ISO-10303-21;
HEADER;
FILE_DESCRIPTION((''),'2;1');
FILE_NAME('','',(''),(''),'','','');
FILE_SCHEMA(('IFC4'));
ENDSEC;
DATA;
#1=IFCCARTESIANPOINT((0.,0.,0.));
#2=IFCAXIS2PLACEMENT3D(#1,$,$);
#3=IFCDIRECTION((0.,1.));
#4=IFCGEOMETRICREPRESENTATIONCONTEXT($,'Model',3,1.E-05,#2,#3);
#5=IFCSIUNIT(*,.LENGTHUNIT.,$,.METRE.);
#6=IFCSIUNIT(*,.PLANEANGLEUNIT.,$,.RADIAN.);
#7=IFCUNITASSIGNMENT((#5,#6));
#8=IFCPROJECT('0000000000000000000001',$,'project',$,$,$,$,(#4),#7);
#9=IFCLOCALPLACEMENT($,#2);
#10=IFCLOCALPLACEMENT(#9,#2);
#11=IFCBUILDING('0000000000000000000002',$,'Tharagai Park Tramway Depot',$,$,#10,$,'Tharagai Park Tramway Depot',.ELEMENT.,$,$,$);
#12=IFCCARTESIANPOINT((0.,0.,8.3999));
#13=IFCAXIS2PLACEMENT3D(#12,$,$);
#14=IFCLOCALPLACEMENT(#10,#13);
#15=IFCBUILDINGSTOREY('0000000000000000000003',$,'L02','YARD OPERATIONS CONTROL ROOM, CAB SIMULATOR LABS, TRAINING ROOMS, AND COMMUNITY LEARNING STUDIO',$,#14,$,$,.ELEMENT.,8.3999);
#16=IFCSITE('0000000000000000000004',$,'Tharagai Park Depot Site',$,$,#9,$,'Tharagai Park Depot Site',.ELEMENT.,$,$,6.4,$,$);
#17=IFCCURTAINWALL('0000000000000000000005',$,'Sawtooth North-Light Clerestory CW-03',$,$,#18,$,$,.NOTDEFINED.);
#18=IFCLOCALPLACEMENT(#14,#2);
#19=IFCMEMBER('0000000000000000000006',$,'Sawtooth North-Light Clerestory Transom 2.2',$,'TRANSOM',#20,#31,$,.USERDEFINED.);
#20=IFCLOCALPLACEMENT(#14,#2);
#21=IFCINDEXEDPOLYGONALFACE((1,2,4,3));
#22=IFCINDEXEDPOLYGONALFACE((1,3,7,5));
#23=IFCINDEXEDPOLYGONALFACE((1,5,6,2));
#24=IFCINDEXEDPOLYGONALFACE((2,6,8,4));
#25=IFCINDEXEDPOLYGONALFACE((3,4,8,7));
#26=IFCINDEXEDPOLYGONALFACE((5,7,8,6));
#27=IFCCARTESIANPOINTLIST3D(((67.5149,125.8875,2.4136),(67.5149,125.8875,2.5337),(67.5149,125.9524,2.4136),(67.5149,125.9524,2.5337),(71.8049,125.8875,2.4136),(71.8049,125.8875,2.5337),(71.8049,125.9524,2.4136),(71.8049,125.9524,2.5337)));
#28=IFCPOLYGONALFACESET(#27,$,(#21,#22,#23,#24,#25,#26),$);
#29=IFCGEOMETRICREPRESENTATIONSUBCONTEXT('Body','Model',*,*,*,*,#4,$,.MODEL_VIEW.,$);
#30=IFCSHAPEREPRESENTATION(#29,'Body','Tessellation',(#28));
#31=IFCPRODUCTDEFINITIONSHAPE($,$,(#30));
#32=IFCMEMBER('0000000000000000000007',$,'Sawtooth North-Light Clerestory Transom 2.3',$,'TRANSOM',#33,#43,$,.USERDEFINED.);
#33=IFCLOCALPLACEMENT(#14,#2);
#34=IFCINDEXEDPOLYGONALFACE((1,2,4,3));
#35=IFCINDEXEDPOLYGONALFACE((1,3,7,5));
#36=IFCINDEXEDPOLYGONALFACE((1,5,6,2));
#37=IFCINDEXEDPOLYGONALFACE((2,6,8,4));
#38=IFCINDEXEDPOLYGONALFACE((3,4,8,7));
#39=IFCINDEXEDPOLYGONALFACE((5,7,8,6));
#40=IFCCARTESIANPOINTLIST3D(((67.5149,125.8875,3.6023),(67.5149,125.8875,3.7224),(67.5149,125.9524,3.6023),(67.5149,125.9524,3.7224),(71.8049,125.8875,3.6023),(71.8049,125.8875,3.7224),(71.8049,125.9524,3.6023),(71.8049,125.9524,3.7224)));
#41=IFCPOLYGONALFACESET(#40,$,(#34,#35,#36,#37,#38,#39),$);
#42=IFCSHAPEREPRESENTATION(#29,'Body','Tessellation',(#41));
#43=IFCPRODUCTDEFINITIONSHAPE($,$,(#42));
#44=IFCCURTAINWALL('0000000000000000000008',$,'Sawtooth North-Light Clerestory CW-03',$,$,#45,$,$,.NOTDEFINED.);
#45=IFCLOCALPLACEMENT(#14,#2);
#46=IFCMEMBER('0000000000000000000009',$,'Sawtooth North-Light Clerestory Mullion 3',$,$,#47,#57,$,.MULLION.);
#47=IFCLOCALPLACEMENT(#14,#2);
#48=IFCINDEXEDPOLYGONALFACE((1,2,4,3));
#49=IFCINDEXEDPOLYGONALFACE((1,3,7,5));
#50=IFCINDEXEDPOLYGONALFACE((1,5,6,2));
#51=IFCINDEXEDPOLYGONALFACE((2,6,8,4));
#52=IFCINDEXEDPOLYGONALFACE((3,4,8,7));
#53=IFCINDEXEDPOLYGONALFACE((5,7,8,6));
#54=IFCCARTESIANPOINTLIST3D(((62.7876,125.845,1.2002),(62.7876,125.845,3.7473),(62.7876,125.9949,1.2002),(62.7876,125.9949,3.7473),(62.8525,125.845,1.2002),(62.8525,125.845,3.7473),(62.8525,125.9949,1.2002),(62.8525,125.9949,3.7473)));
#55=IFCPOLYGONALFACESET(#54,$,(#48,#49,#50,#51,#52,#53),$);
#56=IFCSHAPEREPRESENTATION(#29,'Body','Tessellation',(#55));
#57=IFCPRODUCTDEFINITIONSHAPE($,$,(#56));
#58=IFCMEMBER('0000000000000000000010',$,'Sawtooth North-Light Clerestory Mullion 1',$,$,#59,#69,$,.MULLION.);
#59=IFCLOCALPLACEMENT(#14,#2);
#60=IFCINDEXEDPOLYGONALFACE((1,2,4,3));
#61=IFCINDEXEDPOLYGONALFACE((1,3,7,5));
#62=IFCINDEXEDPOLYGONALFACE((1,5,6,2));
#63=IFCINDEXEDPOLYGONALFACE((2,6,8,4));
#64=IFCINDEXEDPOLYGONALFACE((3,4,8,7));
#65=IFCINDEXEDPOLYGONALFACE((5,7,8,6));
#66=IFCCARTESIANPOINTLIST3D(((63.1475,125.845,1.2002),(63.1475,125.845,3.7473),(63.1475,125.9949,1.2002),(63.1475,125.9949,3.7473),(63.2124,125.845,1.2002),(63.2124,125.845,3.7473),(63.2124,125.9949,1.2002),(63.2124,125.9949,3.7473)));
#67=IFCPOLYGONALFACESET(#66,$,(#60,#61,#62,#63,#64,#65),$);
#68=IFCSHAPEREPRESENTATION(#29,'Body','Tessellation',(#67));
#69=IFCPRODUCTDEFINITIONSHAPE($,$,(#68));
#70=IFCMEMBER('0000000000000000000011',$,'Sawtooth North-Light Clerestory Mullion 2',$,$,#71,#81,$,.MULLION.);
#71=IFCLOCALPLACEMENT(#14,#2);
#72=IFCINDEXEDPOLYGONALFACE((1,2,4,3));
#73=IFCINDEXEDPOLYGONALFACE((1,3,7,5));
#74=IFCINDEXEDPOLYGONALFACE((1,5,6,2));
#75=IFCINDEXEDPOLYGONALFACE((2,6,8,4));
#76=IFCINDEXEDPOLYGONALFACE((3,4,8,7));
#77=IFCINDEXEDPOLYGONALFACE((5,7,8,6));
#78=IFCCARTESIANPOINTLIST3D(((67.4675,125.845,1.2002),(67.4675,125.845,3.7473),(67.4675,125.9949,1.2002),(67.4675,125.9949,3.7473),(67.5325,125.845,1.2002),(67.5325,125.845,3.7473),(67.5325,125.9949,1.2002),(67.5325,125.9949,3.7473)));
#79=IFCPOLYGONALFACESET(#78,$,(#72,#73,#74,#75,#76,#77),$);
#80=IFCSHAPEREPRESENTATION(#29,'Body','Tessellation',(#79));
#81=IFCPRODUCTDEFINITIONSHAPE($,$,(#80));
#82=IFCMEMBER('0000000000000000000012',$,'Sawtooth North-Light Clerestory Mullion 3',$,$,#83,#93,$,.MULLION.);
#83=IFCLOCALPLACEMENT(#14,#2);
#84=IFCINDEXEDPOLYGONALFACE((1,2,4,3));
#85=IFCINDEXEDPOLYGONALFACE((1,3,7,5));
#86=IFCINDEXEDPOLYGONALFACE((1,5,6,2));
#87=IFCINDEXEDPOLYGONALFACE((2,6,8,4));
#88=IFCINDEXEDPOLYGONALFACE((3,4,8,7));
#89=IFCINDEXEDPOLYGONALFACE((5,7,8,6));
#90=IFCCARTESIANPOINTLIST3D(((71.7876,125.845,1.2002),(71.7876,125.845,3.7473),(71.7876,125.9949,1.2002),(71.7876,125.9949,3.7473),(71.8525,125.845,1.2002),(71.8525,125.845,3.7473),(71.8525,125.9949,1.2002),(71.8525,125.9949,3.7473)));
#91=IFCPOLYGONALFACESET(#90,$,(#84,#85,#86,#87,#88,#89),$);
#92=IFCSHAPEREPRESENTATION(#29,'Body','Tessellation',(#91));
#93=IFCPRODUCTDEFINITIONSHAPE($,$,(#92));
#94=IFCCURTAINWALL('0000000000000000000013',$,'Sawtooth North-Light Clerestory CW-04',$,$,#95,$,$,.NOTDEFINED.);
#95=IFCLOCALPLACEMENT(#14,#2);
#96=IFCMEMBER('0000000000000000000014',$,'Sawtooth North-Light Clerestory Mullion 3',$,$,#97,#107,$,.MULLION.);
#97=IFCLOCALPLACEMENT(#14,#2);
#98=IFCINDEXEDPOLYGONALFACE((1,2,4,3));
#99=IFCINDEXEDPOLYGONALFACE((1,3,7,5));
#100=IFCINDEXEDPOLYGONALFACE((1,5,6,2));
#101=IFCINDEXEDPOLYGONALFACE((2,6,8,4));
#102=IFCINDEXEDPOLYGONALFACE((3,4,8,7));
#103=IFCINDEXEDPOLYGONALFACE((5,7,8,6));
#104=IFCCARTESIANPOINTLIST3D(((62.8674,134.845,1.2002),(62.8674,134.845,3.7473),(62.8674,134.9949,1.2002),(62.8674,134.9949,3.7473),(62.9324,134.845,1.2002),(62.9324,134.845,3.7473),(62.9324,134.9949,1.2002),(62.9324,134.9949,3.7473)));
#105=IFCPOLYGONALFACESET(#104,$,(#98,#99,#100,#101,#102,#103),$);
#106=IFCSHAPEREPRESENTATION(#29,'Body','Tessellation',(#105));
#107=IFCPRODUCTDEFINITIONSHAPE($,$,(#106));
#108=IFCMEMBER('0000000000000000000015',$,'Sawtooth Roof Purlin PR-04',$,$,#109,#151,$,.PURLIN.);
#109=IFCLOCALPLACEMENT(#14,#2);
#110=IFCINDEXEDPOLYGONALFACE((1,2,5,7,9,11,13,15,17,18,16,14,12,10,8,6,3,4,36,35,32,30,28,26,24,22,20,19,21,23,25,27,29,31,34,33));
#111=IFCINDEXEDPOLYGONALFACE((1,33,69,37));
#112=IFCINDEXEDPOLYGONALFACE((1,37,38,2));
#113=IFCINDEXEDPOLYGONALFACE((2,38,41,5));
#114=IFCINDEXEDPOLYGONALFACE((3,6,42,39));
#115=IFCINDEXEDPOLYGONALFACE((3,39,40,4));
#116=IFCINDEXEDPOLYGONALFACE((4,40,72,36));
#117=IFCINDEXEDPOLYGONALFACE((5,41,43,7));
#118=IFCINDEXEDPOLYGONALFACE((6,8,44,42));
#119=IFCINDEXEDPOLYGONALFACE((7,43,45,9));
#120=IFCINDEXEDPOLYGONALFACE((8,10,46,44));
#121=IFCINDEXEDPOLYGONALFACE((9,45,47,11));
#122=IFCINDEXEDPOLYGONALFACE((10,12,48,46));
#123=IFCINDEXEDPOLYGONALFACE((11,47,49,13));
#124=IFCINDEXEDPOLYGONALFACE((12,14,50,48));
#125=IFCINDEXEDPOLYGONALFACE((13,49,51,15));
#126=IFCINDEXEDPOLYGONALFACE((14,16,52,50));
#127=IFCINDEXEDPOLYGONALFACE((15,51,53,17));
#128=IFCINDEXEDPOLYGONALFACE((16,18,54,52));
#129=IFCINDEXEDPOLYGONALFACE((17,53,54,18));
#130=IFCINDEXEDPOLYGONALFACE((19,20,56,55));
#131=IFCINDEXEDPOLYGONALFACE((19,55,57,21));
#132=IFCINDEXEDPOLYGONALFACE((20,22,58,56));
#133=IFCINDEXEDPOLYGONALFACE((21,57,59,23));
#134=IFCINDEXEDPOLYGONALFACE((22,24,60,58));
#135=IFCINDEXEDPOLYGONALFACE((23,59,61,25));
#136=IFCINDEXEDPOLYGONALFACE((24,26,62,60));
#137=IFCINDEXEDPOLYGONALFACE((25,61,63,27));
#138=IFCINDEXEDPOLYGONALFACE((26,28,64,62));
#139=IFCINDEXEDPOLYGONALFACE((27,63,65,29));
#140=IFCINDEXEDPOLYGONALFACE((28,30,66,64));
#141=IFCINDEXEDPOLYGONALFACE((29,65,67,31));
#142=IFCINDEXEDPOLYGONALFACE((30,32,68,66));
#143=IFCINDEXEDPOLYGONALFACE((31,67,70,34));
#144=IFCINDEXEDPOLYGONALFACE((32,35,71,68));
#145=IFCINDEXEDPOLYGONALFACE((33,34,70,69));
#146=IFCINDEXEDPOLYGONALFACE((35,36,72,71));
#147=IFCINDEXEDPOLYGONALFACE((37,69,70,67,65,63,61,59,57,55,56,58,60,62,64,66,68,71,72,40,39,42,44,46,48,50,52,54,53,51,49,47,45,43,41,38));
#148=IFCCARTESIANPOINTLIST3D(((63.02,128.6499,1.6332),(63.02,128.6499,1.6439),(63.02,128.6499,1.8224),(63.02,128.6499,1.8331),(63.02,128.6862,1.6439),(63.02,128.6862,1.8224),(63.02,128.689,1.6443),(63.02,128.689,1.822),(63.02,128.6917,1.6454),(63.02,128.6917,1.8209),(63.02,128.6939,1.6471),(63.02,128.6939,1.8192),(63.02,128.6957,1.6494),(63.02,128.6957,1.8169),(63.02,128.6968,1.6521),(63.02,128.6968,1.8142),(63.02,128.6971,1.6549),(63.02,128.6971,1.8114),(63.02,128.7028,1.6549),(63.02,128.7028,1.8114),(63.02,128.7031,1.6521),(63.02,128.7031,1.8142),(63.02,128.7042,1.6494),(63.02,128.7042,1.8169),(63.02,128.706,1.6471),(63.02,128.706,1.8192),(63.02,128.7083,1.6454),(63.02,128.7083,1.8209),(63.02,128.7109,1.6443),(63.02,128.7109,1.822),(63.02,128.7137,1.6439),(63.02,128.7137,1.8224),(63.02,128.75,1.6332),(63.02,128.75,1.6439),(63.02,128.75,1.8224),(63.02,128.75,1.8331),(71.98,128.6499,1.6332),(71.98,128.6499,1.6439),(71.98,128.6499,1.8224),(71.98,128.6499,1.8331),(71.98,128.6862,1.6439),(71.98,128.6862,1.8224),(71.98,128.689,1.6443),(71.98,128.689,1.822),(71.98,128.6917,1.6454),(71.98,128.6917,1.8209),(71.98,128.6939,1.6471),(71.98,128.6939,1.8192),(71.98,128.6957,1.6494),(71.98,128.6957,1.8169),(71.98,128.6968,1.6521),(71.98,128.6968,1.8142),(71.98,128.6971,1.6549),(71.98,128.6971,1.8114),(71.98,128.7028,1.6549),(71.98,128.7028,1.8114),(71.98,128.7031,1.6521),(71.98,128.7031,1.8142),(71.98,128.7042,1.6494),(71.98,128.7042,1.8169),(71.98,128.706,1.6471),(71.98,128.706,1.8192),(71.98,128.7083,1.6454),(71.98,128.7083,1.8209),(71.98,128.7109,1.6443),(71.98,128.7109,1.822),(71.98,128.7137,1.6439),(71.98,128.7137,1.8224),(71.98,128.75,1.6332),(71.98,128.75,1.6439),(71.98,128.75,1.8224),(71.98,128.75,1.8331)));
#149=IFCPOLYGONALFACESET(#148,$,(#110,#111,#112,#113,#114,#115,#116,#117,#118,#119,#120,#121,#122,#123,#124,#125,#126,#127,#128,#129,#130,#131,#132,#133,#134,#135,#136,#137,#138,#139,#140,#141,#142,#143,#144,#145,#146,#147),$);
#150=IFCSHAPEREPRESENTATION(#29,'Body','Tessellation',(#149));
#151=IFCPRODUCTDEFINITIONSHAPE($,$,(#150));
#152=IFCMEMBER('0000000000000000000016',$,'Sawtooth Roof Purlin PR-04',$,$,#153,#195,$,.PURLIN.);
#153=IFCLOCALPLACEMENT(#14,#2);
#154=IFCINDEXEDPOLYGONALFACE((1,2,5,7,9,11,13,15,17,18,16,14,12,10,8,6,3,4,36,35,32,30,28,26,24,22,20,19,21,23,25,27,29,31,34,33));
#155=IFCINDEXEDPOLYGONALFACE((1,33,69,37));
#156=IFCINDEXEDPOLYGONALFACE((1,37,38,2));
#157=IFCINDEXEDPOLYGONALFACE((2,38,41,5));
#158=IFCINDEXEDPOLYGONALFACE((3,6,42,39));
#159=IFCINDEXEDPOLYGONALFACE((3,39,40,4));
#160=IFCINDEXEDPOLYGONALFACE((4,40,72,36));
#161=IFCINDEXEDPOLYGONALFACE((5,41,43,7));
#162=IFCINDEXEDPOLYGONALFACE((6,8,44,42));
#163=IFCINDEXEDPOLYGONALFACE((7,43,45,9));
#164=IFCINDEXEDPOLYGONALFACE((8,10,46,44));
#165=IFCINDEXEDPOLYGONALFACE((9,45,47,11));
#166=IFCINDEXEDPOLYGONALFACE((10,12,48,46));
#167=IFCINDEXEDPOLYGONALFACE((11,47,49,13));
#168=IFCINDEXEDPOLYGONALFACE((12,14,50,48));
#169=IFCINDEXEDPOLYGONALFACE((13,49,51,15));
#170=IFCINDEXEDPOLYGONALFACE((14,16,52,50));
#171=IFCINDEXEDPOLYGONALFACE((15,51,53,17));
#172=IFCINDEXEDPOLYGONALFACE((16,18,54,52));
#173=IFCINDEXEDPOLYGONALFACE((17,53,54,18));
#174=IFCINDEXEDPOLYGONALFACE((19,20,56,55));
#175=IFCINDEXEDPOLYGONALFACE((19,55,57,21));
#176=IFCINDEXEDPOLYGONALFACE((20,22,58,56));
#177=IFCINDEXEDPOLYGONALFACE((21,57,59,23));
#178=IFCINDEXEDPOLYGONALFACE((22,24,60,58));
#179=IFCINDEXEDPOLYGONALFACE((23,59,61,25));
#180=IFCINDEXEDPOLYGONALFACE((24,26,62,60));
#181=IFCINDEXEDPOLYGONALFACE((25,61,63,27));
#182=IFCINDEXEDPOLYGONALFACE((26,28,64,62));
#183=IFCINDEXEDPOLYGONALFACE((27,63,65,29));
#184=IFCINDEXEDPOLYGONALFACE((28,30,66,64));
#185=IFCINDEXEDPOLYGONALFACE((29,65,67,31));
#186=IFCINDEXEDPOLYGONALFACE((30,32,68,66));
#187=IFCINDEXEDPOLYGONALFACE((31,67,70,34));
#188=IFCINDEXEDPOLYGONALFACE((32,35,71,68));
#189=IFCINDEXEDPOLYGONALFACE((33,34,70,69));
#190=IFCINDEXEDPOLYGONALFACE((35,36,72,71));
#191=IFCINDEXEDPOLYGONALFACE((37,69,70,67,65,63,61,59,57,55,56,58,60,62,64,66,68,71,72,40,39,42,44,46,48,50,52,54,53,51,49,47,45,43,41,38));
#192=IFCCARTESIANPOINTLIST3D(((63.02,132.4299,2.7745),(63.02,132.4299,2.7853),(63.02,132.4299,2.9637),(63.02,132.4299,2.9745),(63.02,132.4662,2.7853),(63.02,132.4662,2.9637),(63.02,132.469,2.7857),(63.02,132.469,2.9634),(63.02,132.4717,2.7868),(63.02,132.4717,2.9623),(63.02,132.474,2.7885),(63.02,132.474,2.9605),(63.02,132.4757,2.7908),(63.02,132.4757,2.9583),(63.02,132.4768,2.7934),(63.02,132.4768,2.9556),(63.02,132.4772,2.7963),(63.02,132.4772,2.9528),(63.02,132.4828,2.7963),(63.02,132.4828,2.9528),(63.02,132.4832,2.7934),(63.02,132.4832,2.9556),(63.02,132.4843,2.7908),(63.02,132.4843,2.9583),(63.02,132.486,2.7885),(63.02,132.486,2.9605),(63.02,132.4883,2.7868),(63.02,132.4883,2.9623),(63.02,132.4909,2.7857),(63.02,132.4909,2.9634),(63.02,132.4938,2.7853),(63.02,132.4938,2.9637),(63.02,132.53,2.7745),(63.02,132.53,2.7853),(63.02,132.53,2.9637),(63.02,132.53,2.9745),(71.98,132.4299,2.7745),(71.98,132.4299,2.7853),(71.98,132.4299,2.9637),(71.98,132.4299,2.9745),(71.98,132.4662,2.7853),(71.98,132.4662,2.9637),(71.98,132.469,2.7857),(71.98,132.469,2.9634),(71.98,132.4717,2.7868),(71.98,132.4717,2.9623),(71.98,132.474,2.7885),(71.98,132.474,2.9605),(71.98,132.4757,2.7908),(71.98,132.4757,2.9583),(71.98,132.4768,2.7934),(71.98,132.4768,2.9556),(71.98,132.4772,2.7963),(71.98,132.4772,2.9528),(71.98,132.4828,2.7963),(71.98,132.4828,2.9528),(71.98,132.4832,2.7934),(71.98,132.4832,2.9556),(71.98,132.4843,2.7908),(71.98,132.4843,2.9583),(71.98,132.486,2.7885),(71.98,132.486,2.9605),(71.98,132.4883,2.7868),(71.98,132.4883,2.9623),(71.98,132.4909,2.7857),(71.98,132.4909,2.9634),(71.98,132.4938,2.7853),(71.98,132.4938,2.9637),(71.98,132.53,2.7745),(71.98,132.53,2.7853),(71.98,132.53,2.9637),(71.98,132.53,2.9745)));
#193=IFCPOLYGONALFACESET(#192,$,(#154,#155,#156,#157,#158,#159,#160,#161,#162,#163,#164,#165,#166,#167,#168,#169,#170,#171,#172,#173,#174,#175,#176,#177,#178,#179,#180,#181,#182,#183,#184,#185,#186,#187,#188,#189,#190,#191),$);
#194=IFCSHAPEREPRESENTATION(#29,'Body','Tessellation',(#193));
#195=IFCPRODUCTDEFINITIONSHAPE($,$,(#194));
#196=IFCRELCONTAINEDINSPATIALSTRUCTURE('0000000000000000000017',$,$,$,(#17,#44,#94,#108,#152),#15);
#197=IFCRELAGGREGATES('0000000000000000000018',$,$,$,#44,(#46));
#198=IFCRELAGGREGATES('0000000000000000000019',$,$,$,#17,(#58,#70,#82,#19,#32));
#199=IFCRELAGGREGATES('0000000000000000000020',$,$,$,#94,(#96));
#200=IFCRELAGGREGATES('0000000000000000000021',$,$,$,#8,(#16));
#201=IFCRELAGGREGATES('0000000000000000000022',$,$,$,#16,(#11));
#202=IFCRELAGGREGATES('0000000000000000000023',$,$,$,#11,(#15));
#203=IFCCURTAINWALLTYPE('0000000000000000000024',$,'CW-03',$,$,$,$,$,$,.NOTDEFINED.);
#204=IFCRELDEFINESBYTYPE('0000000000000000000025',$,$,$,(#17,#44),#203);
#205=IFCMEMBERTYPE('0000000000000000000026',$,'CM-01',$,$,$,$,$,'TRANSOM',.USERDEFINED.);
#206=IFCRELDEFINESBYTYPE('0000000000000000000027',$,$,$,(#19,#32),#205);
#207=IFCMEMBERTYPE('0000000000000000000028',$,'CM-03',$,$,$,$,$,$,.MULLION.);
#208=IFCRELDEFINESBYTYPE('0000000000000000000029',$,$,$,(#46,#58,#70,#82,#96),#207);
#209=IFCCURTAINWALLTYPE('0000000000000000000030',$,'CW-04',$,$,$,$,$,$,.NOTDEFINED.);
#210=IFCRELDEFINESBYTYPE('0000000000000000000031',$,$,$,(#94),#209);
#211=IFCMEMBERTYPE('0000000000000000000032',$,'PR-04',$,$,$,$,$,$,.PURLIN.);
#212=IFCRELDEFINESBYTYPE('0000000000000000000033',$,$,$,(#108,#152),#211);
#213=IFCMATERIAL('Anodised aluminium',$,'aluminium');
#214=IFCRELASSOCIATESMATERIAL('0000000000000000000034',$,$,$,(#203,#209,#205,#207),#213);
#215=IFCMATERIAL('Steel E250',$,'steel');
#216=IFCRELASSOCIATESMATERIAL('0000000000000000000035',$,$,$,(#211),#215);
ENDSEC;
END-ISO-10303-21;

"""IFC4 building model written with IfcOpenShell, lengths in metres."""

from ifc_helpers import new_model, si_unit, direction, frame, origin, origin_2d, place, context, subcontext, project, spatial, rectangle, i_section, extrude, material, material_profile, profile_set, type_object, element, aggregate, save


model = new_model("IFC4")

# Units and contexts
model_context = context("Model", 3, precision=1e-05, world=origin(), true_north=direction((0.0, 1.0)))
body_context = subcontext(model_context, "Body", "Model", "MODEL_VIEW")
ifc_project = project(units=[si_unit("LENGTHUNIT", "METRE"), si_unit("PLANEANGLEUNIT", "RADIAN")], contexts=[model_context])

# Site, building, storey
site_placement = place(None, origin())
site = spatial("IfcSite", under=ifc_project, at=site_placement, Name="Tharagai Park Depot Site", LongName="Tharagai Park Depot Site", CompositionType="ELEMENT", RefElevation=6.4)
building_placement = place(site_placement, origin())
building = spatial("IfcBuilding", under=site, at=building_placement, Name="Tharagai Park Tramway Depot", LongName="Tharagai Park Tramway Depot", CompositionType="ELEMENT")
storey_placement = place(building_placement, frame((0.0, 0.0, 8.3999)))
storey = spatial("IfcBuildingStorey", under=building, at=storey_placement, Name="L02", Description="YARD OPERATIONS CONTROL ROOM, CAB SIMULATOR LABS, TRAINING ROOMS, AND COMMUNITY LEARNING STUDIO", CompositionType="ELEMENT", Elevation=8.3999)

# Curtain wall, members
ifc_material_1 = material(Name="Anodised aluminium", Category="aluminium")
curtain_wall_type_1 = type_object("IfcCurtainWallType", Name="CW-03", PredefinedType="NOTDEFINED", material=ifc_material_1)
curtain_wall_1_placement = place(storey_placement, origin())
curtain_wall_1 = element("IfcCurtainWall", 1, at=curtain_wall_1_placement, inside=storey, type_object=curtain_wall_type_1, Name="Sawtooth North-Light Clerestory CW-03", PredefinedType="NOTDEFINED")
ifc_material_profile_1 = material_profile(ifc_material_1, rectangle(XDim=0.0649, YDim=0.1201, at=origin_2d()), Name="ALU 65x120")
ifc_profile_set_1 = profile_set([ifc_material_profile_1], Name="Anodised aluminium")
member_type_1 = type_object("IfcMemberType", Name="CM-01", ElementType="TRANSOM", PredefinedType="USERDEFINED", material=ifc_profile_set_1)
member_1_placement = place(storey_placement, frame((67.5149, 125.9199, 2.4736), z_axis=(1.0, 0.0, 0.0), x_axis=(0.0, 1.0, 0.0)))
member_1 = element("IfcMember", 2, at=member_1_placement, type_object=member_type_1, Name="Sawtooth North-Light Clerestory Transom 2.2", ObjectType="TRANSOM", PredefinedType="USERDEFINED", context=body_context, shape_type="SweptSolid", body=[
    extrude(rectangle(XDim=0.0649, YDim=0.1201, at=origin_2d()), origin(), (0.0, 0.0, 1.0), 4.29),
])
member_2_placement = place(storey_placement, frame((67.5149, 125.9199, 3.6624), z_axis=(1.0, 0.0, 0.0), x_axis=(0.0, 1.0, 0.0)))
member_2 = element("IfcMember", 3, at=member_2_placement, type_object=member_type_1, Name="Sawtooth North-Light Clerestory Transom 2.3", ObjectType="TRANSOM", PredefinedType="USERDEFINED", context=body_context, shape_type="SweptSolid", body=[
    extrude(rectangle(XDim=0.0649, YDim=0.1201, at=origin_2d()), origin(), (0.0, 0.0, 1.0), 4.29),
])

# Curtain wall, member
curtain_wall_2_placement = place(storey_placement, origin())
curtain_wall_2 = element("IfcCurtainWall", 4, at=curtain_wall_2_placement, inside=storey, type_object=curtain_wall_type_1, Name="Sawtooth North-Light Clerestory CW-03", PredefinedType="NOTDEFINED")
ifc_material_profile_2 = material_profile(ifc_material_1, rectangle(XDim=0.0649, YDim=0.1499, at=origin_2d()), Name="ALU 65x150")
ifc_profile_set_2 = profile_set([ifc_material_profile_2], Name="Anodised aluminium")
member_type_2 = type_object("IfcMemberType", Name="CM-03", PredefinedType="MULLION", material=ifc_profile_set_2)
member_3_placement = place(storey_placement, frame((62.8201, 125.9199, 1.2002), z_axis=(0.0, 0.0, 1.0), x_axis=(1.0, 0.0, 0.0)))
member_3 = element("IfcMember", 5, at=member_3_placement, type_object=member_type_2, Name="Sawtooth North-Light Clerestory Mullion 3", PredefinedType="MULLION", context=body_context, shape_type="SweptSolid", body=[
    extrude(rectangle(XDim=0.0649, YDim=0.1499, at=origin_2d()), origin(), (0.0, 0.0, 1.0), 2.5471),
])

# Members
member_4_placement = place(storey_placement, frame((63.1799, 125.9199, 1.2002), z_axis=(0.0, 0.0, 1.0), x_axis=(1.0, 0.0, 0.0)))
member_4 = element("IfcMember", 6, at=member_4_placement, type_object=member_type_2, Name="Sawtooth North-Light Clerestory Mullion 1", PredefinedType="MULLION", context=body_context, shape_type="SweptSolid", body=[
    extrude(rectangle(XDim=0.0649, YDim=0.1499, at=origin_2d()), origin(), (0.0, 0.0, 1.0), 2.5471),
])
member_5_placement = place(storey_placement, frame((67.5, 125.9199, 1.2002), z_axis=(0.0, 0.0, 1.0), x_axis=(1.0, 0.0, 0.0)))
member_5 = element("IfcMember", 7, at=member_5_placement, type_object=member_type_2, Name="Sawtooth North-Light Clerestory Mullion 2", PredefinedType="MULLION", context=body_context, shape_type="SweptSolid", body=[
    extrude(rectangle(XDim=0.0649, YDim=0.1499, at=origin_2d()), origin(), (0.0, 0.0, 1.0), 2.5471),
])
member_6_placement = place(storey_placement, frame((71.8201, 125.9199, 1.2002), z_axis=(0.0, 0.0, 1.0), x_axis=(1.0, 0.0, 0.0)))
member_6 = element("IfcMember", 8, at=member_6_placement, type_object=member_type_2, Name="Sawtooth North-Light Clerestory Mullion 3", PredefinedType="MULLION", context=body_context, shape_type="SweptSolid", body=[
    extrude(rectangle(XDim=0.0649, YDim=0.1499, at=origin_2d()), origin(), (0.0, 0.0, 1.0), 2.5471),
])

# Curtain wall, member
curtain_wall_type_2 = type_object("IfcCurtainWallType", Name="CW-04", PredefinedType="NOTDEFINED", material=ifc_material_1)
curtain_wall_3_placement = place(storey_placement, origin())
curtain_wall_3 = element("IfcCurtainWall", 9, at=curtain_wall_3_placement, inside=storey, type_object=curtain_wall_type_2, Name="Sawtooth North-Light Clerestory CW-04", PredefinedType="NOTDEFINED")
member_7_placement = place(storey_placement, frame((62.8999, 134.9199, 1.2002), z_axis=(0.0, 0.0, 1.0), x_axis=(1.0, 0.0, 0.0)))
member_7 = element("IfcMember", 10, at=member_7_placement, type_object=member_type_2, Name="Sawtooth North-Light Clerestory Mullion 3", PredefinedType="MULLION", context=body_context, shape_type="SweptSolid", body=[
    extrude(rectangle(XDim=0.0649, YDim=0.1499, at=origin_2d()), origin(), (0.0, 0.0, 1.0), 2.5471),
])

# Members
ifc_material_2 = material(Name="Steel E250", Category="steel")
ifc_material_profile_3 = material_profile(ifc_material_2, i_section(OverallWidth=0.1001, OverallDepth=0.2, WebThickness=0.0056, FlangeThickness=0.0107, FilletRadius=0.011, at=origin_2d()), Name="ISMB 200")
ifc_profile_set_3 = profile_set([ifc_material_profile_3], Name="Steel E250")
member_type_3 = type_object("IfcMemberType", Name="PR-04", PredefinedType="PURLIN", material=ifc_profile_set_3)
for number, where, z_axis, x_axis, name in (
    (11, (63.02, 128.7, 1.7332), (1.0, 0.0, 0.0), (0.0, 1.0, 0.0), "Sawtooth Roof Purlin PR-04"),
    (12, (63.02, 132.48, 2.8745), (1.0, 0.0, 0.0), (0.0, 1.0, 0.0), "Sawtooth Roof Purlin PR-04"),
):
    element("IfcMember", number, at=place(storey_placement, frame(where, z_axis=z_axis, x_axis=x_axis)), inside=storey, type_object=member_type_3, Name=name, PredefinedType="PURLIN", context=body_context, shape_type="SweptSolid", body=[
        extrude(i_section(OverallWidth=0.1001, OverallDepth=0.2, WebThickness=0.0056, FlangeThickness=0.0107, FilletRadius=0.011, at=origin_2d()), origin(), (0.0, 0.0, 1.0), 8.96),
    ])

aggregate(curtain_wall_2, [member_3])
aggregate(curtain_wall_1, [member_4, member_5, member_6, member_1, member_2])
aggregate(curtain_wall_3, [member_7])

save(model, "model.ifc")
